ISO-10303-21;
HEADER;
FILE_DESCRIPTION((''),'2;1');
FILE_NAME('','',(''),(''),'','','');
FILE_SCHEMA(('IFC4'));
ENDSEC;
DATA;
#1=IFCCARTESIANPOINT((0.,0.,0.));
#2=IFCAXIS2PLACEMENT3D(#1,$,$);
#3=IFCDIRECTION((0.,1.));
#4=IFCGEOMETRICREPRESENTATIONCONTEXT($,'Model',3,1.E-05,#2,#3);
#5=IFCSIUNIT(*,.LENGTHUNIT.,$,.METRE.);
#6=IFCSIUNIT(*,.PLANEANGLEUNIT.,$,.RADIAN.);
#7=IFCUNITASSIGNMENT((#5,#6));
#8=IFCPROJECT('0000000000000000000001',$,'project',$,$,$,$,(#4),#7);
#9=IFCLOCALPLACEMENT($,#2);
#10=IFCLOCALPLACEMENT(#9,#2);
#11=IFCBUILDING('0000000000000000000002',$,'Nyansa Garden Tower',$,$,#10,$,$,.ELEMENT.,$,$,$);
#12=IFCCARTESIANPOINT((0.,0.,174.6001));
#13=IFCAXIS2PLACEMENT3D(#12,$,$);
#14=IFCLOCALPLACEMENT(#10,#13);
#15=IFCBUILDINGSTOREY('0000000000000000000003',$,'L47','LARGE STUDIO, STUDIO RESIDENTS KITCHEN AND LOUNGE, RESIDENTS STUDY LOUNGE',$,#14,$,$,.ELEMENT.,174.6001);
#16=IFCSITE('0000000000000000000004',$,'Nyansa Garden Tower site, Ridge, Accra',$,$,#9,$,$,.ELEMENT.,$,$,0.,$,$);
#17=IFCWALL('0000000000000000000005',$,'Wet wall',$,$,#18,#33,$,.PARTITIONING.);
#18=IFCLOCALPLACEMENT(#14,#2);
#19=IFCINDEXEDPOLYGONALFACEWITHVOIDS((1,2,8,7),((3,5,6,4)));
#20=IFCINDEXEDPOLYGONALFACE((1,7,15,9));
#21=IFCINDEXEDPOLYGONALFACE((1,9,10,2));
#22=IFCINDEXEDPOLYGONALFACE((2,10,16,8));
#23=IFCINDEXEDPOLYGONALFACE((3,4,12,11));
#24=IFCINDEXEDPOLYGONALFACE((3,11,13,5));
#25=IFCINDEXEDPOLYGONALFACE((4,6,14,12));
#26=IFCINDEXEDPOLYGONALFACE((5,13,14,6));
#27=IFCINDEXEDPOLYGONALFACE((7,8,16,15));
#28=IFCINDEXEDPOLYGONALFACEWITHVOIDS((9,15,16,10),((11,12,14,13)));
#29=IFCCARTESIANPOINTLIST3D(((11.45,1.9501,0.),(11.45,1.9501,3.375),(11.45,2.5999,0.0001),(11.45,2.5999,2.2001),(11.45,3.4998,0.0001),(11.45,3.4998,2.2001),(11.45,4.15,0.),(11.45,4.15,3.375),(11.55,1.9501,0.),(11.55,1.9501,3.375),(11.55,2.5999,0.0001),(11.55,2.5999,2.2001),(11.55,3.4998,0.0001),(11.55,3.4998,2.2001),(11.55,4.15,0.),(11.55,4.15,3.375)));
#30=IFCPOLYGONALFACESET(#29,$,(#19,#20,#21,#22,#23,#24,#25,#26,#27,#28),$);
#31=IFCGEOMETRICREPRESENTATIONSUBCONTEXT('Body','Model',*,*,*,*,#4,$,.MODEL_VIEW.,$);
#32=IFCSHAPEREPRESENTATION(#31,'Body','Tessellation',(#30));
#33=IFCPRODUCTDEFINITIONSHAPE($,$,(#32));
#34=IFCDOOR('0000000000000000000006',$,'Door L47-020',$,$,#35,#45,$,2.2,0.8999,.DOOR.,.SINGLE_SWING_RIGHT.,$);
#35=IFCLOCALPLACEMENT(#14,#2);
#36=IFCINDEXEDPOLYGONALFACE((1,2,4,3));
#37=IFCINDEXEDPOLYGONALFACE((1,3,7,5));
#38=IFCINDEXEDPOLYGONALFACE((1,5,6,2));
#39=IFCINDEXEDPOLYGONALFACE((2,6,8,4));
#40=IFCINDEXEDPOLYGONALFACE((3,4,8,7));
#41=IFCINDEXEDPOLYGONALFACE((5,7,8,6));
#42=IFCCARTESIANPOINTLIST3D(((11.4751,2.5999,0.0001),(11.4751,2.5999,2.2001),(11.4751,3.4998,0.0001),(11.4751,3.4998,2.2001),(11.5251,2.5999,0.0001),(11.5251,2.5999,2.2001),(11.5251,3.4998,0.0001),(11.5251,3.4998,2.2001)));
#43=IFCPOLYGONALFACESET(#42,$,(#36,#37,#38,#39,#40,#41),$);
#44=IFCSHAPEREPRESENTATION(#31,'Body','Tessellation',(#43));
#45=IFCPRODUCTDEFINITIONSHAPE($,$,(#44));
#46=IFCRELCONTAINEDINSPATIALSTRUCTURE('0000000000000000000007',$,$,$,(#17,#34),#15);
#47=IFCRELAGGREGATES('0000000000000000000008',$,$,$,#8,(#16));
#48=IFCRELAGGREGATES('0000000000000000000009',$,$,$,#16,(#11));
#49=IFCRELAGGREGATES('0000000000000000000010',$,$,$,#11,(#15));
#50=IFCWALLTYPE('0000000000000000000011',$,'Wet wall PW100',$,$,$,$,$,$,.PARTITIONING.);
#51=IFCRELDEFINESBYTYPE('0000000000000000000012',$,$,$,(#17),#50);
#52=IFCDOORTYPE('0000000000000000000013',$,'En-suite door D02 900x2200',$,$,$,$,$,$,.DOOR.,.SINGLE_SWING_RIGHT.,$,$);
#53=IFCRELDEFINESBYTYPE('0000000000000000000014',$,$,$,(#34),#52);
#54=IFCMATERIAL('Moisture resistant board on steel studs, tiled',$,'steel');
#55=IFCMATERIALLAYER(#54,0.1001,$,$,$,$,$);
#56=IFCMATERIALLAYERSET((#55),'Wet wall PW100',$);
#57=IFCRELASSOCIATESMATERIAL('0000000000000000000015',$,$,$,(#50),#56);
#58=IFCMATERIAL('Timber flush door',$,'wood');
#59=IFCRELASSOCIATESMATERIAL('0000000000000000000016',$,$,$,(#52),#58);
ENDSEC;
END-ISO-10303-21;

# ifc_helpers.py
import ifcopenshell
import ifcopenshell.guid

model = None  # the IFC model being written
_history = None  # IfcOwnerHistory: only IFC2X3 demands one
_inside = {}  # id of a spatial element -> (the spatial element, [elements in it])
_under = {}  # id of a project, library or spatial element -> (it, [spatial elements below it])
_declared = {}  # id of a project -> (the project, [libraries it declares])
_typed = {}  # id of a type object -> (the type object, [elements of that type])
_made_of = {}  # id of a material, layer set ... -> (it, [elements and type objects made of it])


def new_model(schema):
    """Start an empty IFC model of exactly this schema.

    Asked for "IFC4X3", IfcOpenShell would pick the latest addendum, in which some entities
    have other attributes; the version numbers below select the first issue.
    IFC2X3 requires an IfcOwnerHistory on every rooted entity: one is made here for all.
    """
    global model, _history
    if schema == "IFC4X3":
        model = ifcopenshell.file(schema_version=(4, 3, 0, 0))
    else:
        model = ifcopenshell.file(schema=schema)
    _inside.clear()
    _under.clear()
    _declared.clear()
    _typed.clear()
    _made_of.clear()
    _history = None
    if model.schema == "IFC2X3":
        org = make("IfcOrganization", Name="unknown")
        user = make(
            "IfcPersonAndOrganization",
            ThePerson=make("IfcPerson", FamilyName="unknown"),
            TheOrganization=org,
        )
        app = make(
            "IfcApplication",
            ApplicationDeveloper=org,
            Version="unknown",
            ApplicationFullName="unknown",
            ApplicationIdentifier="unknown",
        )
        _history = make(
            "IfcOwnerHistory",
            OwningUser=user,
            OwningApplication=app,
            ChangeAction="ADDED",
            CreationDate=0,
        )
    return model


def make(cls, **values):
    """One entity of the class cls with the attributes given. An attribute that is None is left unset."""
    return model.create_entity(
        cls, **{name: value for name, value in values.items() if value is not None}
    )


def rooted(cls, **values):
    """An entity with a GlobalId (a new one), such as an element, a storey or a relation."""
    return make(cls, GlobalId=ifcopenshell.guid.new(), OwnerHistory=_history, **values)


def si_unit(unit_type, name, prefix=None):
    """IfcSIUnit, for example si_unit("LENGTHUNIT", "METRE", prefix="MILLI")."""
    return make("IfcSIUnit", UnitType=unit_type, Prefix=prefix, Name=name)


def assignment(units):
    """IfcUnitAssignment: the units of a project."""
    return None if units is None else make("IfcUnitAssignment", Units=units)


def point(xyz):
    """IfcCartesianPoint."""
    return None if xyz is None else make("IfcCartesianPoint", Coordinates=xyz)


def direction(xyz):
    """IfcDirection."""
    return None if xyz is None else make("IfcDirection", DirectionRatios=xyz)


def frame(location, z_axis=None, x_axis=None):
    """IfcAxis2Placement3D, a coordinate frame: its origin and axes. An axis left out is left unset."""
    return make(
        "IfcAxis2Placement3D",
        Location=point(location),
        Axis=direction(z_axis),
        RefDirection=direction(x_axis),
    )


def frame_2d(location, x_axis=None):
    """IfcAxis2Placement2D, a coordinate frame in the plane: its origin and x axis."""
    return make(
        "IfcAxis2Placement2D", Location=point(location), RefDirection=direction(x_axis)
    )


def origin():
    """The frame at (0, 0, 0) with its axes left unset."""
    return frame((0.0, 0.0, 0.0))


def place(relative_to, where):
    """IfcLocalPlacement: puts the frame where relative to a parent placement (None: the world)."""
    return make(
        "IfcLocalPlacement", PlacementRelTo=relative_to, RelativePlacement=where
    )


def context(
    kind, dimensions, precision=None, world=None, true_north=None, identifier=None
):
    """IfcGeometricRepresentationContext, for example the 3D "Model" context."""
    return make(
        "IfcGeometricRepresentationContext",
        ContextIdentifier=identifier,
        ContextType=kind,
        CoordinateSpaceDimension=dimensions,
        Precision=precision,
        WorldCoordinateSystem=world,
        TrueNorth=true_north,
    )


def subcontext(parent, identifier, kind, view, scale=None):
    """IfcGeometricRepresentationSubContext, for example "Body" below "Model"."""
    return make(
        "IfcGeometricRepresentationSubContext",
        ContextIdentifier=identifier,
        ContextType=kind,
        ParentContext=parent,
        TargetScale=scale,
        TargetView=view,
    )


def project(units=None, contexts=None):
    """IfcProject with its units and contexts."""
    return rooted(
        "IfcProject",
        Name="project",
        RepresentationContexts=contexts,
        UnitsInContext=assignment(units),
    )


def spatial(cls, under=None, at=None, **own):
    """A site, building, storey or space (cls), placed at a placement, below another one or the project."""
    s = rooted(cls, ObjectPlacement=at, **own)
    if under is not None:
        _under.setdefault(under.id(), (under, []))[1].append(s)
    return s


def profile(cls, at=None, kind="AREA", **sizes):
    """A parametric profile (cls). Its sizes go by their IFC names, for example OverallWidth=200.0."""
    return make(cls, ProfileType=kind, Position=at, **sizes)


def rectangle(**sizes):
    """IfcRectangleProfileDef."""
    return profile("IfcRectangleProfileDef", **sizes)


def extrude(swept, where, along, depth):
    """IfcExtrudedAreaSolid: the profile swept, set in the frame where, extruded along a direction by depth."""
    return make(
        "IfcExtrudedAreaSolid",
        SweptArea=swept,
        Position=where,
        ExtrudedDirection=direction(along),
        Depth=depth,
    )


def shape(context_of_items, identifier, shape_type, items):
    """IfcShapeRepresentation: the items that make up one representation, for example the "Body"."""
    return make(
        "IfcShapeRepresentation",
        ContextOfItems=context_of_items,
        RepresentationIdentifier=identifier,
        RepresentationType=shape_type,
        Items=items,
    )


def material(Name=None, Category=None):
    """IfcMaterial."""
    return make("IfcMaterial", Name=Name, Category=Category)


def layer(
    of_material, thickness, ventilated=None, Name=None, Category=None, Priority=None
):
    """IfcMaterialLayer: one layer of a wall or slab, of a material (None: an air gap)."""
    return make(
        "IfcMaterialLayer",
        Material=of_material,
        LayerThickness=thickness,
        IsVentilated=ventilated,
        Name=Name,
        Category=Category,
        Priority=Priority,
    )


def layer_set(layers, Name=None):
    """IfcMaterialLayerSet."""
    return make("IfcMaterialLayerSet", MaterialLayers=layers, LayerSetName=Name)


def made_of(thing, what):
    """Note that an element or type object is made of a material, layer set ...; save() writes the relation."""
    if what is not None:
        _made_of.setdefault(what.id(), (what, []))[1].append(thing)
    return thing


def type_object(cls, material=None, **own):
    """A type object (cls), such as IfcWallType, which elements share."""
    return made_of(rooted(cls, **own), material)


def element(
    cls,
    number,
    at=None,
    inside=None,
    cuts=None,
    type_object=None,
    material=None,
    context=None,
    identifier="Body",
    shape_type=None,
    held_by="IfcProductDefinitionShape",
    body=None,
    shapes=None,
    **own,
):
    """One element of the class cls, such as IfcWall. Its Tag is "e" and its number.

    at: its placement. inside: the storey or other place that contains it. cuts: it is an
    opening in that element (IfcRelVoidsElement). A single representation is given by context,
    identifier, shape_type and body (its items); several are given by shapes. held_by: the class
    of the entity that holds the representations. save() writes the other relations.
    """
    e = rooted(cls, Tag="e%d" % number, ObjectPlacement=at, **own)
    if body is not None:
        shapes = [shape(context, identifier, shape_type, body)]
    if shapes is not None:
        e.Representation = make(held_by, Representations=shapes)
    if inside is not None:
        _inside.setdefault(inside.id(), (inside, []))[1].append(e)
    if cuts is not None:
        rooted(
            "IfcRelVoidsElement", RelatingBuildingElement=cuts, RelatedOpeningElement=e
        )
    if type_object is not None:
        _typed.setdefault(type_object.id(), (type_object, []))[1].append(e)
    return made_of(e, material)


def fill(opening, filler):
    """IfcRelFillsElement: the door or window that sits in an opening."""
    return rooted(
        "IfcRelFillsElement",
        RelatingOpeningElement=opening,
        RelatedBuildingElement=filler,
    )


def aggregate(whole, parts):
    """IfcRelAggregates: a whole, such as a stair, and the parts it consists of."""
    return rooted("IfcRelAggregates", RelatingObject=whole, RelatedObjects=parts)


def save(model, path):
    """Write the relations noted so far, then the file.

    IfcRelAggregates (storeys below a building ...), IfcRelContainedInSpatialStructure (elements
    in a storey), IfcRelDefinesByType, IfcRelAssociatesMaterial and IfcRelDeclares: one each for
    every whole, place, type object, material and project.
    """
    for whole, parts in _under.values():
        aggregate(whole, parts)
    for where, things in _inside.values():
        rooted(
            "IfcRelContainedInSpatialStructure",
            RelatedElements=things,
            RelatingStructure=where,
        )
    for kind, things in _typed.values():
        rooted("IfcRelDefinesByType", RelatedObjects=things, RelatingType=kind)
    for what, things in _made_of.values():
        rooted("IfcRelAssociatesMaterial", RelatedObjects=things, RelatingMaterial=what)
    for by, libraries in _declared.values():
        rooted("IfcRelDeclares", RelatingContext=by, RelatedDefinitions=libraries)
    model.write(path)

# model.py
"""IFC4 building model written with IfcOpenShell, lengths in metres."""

from ifc_helpers import new_model, si_unit, direction, frame, frame_2d, origin, place, context, subcontext, project, spatial, rectangle, extrude, material, layer, layer_set, type_object, element, fill, save


model = new_model("IFC4")

# Units and contexts
model_context = context("Model", 3, precision=1e-05, world=origin(), true_north=direction((0.0, 1.0)))
body_context = subcontext(model_context, "Body", "Model", "MODEL_VIEW")
ifc_project = project(units=[si_unit("LENGTHUNIT", "METRE"), si_unit("PLANEANGLEUNIT", "RADIAN")], contexts=[model_context])

# Site, building, storey
site_placement = place(None, origin())
site = spatial("IfcSite", under=ifc_project, at=site_placement, Name="Nyansa Garden Tower site, Ridge, Accra", CompositionType="ELEMENT", RefElevation=0.0)
building_placement = place(site_placement, origin())
building = spatial("IfcBuilding", under=site, at=building_placement, Name="Nyansa Garden Tower", CompositionType="ELEMENT")
storey_placement = place(building_placement, frame((0.0, 0.0, 174.6001)))
storey = spatial("IfcBuildingStorey", under=building, at=storey_placement, Name="L47", Description="LARGE STUDIO, STUDIO RESIDENTS KITCHEN AND LOUNGE, RESIDENTS STUDY LOUNGE", CompositionType="ELEMENT", Elevation=174.6001)

# Wall, opening, door
ifc_material_1 = material(Name="Moisture resistant board on steel studs, tiled", Category="steel")
ifc_layer_1 = layer(ifc_material_1, 0.1001)
ifc_layer_set_1 = layer_set([ifc_layer_1], Name="Wet wall PW100")
wall_type_1 = type_object("IfcWallType", Name="Wet wall PW100", PredefinedType="PARTITIONING", material=ifc_layer_set_1)
wall_1_placement = place(storey_placement, frame((11.5, 1.95, 0.0), z_axis=(0.0, 0.0, 1.0), x_axis=(0.0, 1.0, 0.0)))
wall_1 = element("IfcWall", 1, at=wall_1_placement, inside=storey, type_object=wall_type_1, Name="Wet wall", PredefinedType="PARTITIONING", context=body_context, shape_type="SweptSolid", body=[
    extrude(rectangle(XDim=2.2, YDim=0.1001, at=frame_2d((1.1001, 0.0))), origin(), (0.0, 0.0, 1.0), 3.375),
])
opening_placement = place(wall_1_placement, frame((0.6499, 0.0, 0.0)))
opening = element("IfcOpeningElement", 2, at=opening_placement, cuts=wall_1, PredefinedType="OPENING", context=body_context, shape_type="SweptSolid", body=[
    extrude(rectangle(XDim=0.8999, YDim=2.2, at=frame_2d((0.45, 1.1001))), frame((0.0, 0.0601, 0.0), z_axis=(0.0, -1.0, 0.0), x_axis=(1.0, 0.0, 0.0)), (0.0, 0.0, 1.0), 0.1201),
])
ifc_material_2 = material(Name="Timber flush door", Category="wood")
door_type = type_object("IfcDoorType", Name="En-suite door D02 900x2200", OperationType="SINGLE_SWING_RIGHT", PredefinedType="DOOR", material=ifc_material_2)
door_placement = place(opening_placement, origin())
door = element("IfcDoor", 3, at=door_placement, inside=storey, type_object=door_type, Name="Door L47-020", OperationType="SINGLE_SWING_RIGHT", OverallHeight=2.2, OverallWidth=0.8999, PredefinedType="DOOR", context=body_context, shape_type="SweptSolid", body=[
    extrude(rectangle(XDim=0.8999, YDim=2.2, at=frame_2d((0.45, 1.1001))), frame((0.0, 0.0249, 0.0), z_axis=(0.0, -1.0, 0.0), x_axis=(1.0, 0.0, 0.0)), (0.0, 0.0, 1.0), 0.05),
])
fill(opening, door)

save(model, "model.ifc")
